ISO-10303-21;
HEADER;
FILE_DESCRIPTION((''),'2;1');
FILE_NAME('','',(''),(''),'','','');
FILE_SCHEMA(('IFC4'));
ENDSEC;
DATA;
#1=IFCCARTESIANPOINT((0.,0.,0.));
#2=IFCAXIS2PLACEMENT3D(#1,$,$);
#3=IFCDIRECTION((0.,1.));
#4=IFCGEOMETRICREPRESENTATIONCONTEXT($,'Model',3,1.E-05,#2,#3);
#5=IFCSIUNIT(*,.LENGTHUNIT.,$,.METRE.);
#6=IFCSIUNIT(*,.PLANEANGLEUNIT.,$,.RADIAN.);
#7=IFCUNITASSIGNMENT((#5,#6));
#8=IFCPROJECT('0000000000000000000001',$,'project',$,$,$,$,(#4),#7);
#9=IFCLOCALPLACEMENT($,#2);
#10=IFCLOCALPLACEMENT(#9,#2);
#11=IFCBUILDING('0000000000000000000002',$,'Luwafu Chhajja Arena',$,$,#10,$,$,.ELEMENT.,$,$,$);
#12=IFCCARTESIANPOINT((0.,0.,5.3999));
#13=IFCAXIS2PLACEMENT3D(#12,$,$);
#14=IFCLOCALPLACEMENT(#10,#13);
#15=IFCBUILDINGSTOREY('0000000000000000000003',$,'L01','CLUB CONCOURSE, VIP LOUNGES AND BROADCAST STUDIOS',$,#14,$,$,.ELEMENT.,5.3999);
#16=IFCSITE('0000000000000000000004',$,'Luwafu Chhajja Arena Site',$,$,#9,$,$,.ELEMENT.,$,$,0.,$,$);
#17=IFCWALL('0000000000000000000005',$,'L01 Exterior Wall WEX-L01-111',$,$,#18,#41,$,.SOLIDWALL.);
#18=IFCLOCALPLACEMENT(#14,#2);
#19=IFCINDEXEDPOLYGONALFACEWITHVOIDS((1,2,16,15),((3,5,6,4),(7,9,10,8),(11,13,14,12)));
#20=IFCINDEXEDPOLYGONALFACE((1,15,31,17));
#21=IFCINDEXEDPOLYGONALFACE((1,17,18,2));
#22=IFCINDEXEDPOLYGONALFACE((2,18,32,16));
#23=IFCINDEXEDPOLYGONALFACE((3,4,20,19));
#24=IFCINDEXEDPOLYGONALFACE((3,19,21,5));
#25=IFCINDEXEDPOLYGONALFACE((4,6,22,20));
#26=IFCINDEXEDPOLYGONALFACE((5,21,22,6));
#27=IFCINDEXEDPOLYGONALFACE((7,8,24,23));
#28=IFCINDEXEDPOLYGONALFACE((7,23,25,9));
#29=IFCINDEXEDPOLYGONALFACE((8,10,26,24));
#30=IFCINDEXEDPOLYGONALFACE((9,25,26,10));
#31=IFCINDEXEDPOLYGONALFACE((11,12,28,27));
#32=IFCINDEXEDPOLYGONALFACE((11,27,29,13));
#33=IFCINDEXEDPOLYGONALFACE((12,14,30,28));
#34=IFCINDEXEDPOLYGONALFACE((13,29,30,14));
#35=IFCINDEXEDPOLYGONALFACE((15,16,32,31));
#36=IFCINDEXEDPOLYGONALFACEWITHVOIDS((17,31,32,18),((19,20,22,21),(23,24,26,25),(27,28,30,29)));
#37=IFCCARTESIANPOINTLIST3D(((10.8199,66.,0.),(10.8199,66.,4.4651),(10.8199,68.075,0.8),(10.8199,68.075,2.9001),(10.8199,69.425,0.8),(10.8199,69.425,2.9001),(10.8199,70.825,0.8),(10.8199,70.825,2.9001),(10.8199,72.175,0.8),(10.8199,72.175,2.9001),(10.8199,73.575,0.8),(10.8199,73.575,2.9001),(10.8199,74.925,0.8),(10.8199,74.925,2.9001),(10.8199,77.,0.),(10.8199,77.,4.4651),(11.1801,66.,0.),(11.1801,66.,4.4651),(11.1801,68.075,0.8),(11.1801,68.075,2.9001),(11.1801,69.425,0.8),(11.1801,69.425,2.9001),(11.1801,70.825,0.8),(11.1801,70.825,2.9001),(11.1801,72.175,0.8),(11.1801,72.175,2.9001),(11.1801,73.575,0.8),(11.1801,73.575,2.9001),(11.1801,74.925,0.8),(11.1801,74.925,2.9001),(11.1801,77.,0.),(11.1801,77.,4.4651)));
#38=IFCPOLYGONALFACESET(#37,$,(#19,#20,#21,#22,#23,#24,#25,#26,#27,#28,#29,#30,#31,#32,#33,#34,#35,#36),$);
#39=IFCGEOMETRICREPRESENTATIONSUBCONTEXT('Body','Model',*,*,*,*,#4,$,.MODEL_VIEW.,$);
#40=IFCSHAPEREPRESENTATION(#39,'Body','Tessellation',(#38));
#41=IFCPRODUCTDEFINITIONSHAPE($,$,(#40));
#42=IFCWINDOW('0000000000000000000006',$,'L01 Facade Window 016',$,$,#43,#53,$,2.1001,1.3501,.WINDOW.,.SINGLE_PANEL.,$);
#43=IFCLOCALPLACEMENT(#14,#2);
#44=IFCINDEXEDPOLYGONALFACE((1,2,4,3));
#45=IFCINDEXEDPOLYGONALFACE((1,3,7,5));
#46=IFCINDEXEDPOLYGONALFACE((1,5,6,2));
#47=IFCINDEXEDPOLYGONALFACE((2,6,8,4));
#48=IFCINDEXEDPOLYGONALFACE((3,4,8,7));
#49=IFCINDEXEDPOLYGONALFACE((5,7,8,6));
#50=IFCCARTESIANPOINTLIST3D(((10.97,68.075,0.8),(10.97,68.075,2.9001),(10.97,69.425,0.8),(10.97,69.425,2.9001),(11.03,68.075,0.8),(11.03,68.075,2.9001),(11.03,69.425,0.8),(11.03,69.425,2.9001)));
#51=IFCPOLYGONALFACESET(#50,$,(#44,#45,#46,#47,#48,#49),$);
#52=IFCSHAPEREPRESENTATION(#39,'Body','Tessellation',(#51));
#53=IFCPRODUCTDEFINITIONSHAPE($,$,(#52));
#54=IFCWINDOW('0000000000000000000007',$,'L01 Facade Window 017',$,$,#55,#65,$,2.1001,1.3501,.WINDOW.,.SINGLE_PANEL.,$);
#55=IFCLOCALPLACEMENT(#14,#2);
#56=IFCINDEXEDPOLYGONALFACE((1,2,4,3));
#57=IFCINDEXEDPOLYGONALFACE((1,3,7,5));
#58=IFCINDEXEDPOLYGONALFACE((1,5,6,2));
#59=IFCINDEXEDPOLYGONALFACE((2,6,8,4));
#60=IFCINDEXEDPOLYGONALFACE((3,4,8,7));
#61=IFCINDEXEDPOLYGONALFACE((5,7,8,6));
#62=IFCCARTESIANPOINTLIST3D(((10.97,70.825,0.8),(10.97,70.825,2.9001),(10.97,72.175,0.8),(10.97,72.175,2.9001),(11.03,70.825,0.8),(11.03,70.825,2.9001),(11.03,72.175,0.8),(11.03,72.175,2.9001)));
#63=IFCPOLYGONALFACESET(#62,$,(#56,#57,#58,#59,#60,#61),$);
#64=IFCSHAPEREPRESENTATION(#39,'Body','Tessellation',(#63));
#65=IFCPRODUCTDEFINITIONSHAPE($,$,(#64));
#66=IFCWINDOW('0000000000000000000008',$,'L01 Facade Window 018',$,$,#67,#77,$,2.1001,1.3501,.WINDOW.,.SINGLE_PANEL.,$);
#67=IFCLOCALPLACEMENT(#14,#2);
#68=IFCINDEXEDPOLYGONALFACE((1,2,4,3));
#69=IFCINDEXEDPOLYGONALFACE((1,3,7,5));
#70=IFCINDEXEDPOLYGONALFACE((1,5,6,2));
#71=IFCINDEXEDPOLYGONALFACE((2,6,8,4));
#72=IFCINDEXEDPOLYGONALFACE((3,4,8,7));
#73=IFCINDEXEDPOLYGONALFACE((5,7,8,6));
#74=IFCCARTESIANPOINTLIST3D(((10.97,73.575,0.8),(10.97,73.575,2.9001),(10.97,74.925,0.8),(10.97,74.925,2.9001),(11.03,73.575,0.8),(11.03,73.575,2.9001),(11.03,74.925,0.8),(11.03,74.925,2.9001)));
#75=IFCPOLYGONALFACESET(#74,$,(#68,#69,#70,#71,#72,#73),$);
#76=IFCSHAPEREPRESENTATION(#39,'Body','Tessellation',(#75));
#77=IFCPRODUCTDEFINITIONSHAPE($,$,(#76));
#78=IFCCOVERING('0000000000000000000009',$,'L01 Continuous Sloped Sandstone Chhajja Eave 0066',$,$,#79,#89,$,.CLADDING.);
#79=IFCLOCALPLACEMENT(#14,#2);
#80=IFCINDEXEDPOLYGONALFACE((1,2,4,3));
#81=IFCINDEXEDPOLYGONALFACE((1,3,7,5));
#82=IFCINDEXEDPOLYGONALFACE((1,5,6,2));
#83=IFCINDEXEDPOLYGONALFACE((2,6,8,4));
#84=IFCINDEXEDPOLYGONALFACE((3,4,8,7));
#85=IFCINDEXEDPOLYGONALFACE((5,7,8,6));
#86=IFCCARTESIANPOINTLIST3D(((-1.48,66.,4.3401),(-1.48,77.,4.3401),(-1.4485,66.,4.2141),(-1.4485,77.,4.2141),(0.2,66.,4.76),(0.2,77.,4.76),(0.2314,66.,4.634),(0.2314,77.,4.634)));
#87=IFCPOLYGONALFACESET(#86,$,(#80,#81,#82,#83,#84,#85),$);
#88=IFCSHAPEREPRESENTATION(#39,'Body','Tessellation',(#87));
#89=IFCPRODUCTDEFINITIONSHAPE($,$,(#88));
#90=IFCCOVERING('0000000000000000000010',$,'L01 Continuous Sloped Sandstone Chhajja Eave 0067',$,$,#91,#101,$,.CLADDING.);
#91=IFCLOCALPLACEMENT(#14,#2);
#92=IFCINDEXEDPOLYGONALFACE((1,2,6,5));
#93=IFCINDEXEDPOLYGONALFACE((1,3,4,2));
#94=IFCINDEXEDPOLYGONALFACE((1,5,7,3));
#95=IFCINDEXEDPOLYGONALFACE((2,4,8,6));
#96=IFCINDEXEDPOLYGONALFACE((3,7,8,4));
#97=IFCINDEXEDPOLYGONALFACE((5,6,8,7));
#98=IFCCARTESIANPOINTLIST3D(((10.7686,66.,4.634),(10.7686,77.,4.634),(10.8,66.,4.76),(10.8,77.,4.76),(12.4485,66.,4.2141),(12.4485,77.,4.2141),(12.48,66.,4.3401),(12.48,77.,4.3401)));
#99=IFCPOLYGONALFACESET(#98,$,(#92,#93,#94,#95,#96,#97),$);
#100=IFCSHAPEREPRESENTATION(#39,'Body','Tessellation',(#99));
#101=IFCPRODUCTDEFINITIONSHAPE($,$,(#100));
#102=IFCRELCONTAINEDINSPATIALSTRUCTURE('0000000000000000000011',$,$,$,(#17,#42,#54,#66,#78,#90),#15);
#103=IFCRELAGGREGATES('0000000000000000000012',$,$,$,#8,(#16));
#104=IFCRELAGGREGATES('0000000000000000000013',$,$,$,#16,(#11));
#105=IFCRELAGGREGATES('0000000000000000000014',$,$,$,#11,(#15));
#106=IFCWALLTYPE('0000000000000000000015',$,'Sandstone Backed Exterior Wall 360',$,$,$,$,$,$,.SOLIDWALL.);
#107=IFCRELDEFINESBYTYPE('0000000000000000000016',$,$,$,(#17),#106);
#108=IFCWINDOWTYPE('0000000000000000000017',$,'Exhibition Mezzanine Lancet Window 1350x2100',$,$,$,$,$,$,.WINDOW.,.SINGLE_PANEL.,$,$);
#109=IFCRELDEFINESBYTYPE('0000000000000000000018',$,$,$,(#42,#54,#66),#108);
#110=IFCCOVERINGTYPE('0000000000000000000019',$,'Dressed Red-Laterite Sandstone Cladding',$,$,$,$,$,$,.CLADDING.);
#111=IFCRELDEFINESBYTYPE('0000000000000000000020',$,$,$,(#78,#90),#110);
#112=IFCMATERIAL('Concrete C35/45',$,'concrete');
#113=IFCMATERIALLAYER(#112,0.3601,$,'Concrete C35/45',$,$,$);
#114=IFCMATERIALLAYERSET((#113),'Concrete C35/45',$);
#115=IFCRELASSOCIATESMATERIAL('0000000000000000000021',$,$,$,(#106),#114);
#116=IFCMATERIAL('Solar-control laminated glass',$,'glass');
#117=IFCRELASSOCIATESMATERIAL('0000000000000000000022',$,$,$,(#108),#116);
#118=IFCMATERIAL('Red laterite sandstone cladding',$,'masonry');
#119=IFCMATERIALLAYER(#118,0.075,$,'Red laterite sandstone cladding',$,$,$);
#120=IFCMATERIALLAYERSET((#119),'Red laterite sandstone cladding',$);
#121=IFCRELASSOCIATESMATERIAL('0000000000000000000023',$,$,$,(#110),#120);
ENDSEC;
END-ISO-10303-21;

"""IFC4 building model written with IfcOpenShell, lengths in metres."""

from ifc_helpers import new_model, si_unit, direction, frame, frame_2d, origin, place, context, subcontext, project, spatial, polyline, rectangle, outline, extrude, material, layer, layer_set, type_object, element, fill, save


model = new_model("IFC4")

# Units and contexts
model_context = context("Model", 3, precision=1e-05, world=origin(), true_north=direction((0.0, 1.0)))
body_context = subcontext(model_context, "Body", "Model", "MODEL_VIEW")
ifc_project = project(units=[si_unit("LENGTHUNIT", "METRE"), si_unit("PLANEANGLEUNIT", "RADIAN")], contexts=[model_context])

# Site, building, storey
site_placement = place(None, origin())
site = spatial("IfcSite", under=ifc_project, at=site_placement, Name="Luwafu Chhajja Arena Site", CompositionType="ELEMENT", RefElevation=0.0)
building_placement = place(site_placement, origin())
building = spatial("IfcBuilding", under=site, at=building_placement, Name="Luwafu Chhajja Arena", CompositionType="ELEMENT")
storey_placement = place(building_placement, frame((0.0, 0.0, 5.3999)))
storey = spatial("IfcBuildingStorey", under=building, at=storey_placement, Name="L01", Description="CLUB CONCOURSE, VIP LOUNGES AND BROADCAST STUDIOS", CompositionType="ELEMENT", Elevation=5.3999)

# Shared definitions
ifc_material_1 = material(Name="Solar-control laminated glass", Category="glass")

# Wall, openings, windows
ifc_material_2 = material(Name="Concrete C35/45", Category="concrete")
ifc_layer_1 = layer(ifc_material_2, 0.3601, Name="Concrete C35/45")
ifc_layer_set_1 = layer_set([ifc_layer_1], Name="Concrete C35/45")
wall_type_1 = type_object("IfcWallType", Name="Sandstone Backed Exterior Wall 360", PredefinedType="SOLIDWALL", material=ifc_layer_set_1)
wall_1_placement = place(storey_placement, frame((11.0, 66.0, 0.0), z_axis=(0.0, 0.0, 1.0), x_axis=(0.0, 1.0, 0.0)))
wall_1 = element("IfcWall", 1, at=wall_1_placement, inside=storey, type_object=wall_type_1, Name="L01 Exterior Wall WEX-L01-111", PredefinedType="SOLIDWALL", context=body_context, shape_type="SweptSolid", body=[
    extrude(rectangle(XDim=11.0, YDim=0.3601, at=frame_2d((5.5, 0.0))), origin(), (0.0, 0.0, 1.0), 4.4651),
])
opening_1_placement = place(wall_1_placement, frame((2.075, 0.0, 0.8)))
opening_1 = element("IfcOpeningElement", 2, at=opening_1_placement, cuts=wall_1, PredefinedType="OPENING", context=body_context, shape_type="SweptSolid", body=[
    extrude(rectangle(XDim=1.3501, YDim=2.1001, at=frame_2d((0.675, 1.05))), frame((0.0, 0.1899, 0.0), z_axis=(0.0, -1.0, 0.0), x_axis=(1.0, 0.0, 0.0)), (0.0, 0.0, 1.0), 0.3801),
])
opening_2_placement = place(wall_1_placement, frame((4.825, 0.0, 0.8)))
opening_2 = element("IfcOpeningElement", 3, at=opening_2_placement, cuts=wall_1, PredefinedType="OPENING", context=body_context, shape_type="SweptSolid", body=[
    extrude(rectangle(XDim=1.3501, YDim=2.1001, at=frame_2d((0.675, 1.05))), frame((0.0, 0.1899, 0.0), z_axis=(0.0, -1.0, 0.0), x_axis=(1.0, 0.0, 0.0)), (0.0, 0.0, 1.0), 0.3801),
])
opening_3_placement = place(wall_1_placement, frame((7.575, 0.0, 0.8)))
opening_3 = element("IfcOpeningElement", 4, at=opening_3_placement, cuts=wall_1, PredefinedType="OPENING", context=body_context, shape_type="SweptSolid", body=[
    extrude(rectangle(XDim=1.3501, YDim=2.1001, at=frame_2d((0.675, 1.05))), frame((0.0, 0.1899, 0.0), z_axis=(0.0, -1.0, 0.0), x_axis=(1.0, 0.0, 0.0)), (0.0, 0.0, 1.0), 0.3801),
])
window_type = type_object("IfcWindowType", Name="Exhibition Mezzanine Lancet Window 1350x2100", PartitioningType="SINGLE_PANEL", PredefinedType="WINDOW", material=ifc_material_1)
window_1_placement = place(opening_1_placement, origin())
window_1 = element("IfcWindow", 5, at=window_1_placement, inside=storey, type_object=window_type, Name="L01 Facade Window 016", OverallHeight=2.1001, OverallWidth=1.3501, PartitioningType="SINGLE_PANEL", PredefinedType="WINDOW", context=body_context, shape_type="SweptSolid", body=[
    extrude(rectangle(XDim=1.3501, YDim=2.1001, at=frame_2d((0.675, 1.05))), frame((0.0, 0.03, 0.0), z_axis=(0.0, -1.0, 0.0), x_axis=(1.0, 0.0, 0.0)), (0.0, 0.0, 1.0), 0.0601),
])
fill(opening_1, window_1)
window_2_placement = place(opening_2_placement, origin())
window_2 = element("IfcWindow", 6, at=window_2_placement, inside=storey, type_object=window_type, Name="L01 Facade Window 017", OverallHeight=2.1001, OverallWidth=1.3501, PartitioningType="SINGLE_PANEL", PredefinedType="WINDOW", context=body_context, shape_type="SweptSolid", body=[
    extrude(rectangle(XDim=1.3501, YDim=2.1001, at=frame_2d((0.675, 1.05))), frame((0.0, 0.03, 0.0), z_axis=(0.0, -1.0, 0.0), x_axis=(1.0, 0.0, 0.0)), (0.0, 0.0, 1.0), 0.0601),
])
fill(opening_2, window_2)
window_3_placement = place(opening_3_placement, origin())
window_3 = element("IfcWindow", 7, at=window_3_placement, inside=storey, type_object=window_type, Name="L01 Facade Window 018", OverallHeight=2.1001, OverallWidth=1.3501, PartitioningType="SINGLE_PANEL", PredefinedType="WINDOW", context=body_context, shape_type="SweptSolid", body=[
    extrude(rectangle(XDim=1.3501, YDim=2.1001, at=frame_2d((0.675, 1.05))), frame((0.0, 0.03, 0.0), z_axis=(0.0, -1.0, 0.0), x_axis=(1.0, 0.0, 0.0)), (0.0, 0.0, 1.0), 0.0601),
])
fill(opening_3, window_3)

# Coverings
ifc_material_3 = material(Name="Red laterite sandstone cladding", Category="masonry")
ifc_layer_2 = layer(ifc_material_3, 0.075, Name="Red laterite sandstone cladding")
ifc_layer_set_2 = layer_set([ifc_layer_2], Name="Red laterite sandstone cladding")
covering_type = type_object("IfcCoveringType", Name="Dressed Red-Laterite Sandstone Cladding", PredefinedType="CLADDING", material=ifc_layer_set_2)
covering_1_placement = place(storey_placement, frame((0.2, 66.0, 4.76), z_axis=(-0.242502, 0.0, 0.970151), x_axis=(0.0, 1.0, 0.0)))
element("IfcCovering", 8, at=covering_1_placement, inside=storey, type_object=covering_type, Name="L01 Continuous Sloped Sandstone Chhajja Eave 0066", PredefinedType="CLADDING", context=body_context, shape_type="SweptSolid", body=[
    extrude(outline(polyline([(0.0, 0.0), (11.0, 0.0), (11.0, 1.7316), (0.0, 1.7316), (0.0, 0.0)])), origin(), (0.0, 0.0, -1.0), 0.1299),
])
covering_2_placement = place(storey_placement, frame((10.8, 66.0, 4.76), z_axis=(0.242502, 0.0, 0.970151), x_axis=(0.0, 1.0, 0.0)))
element("IfcCovering", 9, at=covering_2_placement, inside=storey, type_object=covering_type, Name="L01 Continuous Sloped Sandstone Chhajja Eave 0067", PredefinedType="CLADDING", context=body_context, shape_type="SweptSolid", body=[
    extrude(outline(polyline([(0.0, 0.0), (11.0, 0.0), (11.0, -1.7316), (0.0, -1.7316), (0.0, 0.0)])), origin(), (0.0, 0.0, -1.0), 0.1299),
])

save(model, "model.ifc")
